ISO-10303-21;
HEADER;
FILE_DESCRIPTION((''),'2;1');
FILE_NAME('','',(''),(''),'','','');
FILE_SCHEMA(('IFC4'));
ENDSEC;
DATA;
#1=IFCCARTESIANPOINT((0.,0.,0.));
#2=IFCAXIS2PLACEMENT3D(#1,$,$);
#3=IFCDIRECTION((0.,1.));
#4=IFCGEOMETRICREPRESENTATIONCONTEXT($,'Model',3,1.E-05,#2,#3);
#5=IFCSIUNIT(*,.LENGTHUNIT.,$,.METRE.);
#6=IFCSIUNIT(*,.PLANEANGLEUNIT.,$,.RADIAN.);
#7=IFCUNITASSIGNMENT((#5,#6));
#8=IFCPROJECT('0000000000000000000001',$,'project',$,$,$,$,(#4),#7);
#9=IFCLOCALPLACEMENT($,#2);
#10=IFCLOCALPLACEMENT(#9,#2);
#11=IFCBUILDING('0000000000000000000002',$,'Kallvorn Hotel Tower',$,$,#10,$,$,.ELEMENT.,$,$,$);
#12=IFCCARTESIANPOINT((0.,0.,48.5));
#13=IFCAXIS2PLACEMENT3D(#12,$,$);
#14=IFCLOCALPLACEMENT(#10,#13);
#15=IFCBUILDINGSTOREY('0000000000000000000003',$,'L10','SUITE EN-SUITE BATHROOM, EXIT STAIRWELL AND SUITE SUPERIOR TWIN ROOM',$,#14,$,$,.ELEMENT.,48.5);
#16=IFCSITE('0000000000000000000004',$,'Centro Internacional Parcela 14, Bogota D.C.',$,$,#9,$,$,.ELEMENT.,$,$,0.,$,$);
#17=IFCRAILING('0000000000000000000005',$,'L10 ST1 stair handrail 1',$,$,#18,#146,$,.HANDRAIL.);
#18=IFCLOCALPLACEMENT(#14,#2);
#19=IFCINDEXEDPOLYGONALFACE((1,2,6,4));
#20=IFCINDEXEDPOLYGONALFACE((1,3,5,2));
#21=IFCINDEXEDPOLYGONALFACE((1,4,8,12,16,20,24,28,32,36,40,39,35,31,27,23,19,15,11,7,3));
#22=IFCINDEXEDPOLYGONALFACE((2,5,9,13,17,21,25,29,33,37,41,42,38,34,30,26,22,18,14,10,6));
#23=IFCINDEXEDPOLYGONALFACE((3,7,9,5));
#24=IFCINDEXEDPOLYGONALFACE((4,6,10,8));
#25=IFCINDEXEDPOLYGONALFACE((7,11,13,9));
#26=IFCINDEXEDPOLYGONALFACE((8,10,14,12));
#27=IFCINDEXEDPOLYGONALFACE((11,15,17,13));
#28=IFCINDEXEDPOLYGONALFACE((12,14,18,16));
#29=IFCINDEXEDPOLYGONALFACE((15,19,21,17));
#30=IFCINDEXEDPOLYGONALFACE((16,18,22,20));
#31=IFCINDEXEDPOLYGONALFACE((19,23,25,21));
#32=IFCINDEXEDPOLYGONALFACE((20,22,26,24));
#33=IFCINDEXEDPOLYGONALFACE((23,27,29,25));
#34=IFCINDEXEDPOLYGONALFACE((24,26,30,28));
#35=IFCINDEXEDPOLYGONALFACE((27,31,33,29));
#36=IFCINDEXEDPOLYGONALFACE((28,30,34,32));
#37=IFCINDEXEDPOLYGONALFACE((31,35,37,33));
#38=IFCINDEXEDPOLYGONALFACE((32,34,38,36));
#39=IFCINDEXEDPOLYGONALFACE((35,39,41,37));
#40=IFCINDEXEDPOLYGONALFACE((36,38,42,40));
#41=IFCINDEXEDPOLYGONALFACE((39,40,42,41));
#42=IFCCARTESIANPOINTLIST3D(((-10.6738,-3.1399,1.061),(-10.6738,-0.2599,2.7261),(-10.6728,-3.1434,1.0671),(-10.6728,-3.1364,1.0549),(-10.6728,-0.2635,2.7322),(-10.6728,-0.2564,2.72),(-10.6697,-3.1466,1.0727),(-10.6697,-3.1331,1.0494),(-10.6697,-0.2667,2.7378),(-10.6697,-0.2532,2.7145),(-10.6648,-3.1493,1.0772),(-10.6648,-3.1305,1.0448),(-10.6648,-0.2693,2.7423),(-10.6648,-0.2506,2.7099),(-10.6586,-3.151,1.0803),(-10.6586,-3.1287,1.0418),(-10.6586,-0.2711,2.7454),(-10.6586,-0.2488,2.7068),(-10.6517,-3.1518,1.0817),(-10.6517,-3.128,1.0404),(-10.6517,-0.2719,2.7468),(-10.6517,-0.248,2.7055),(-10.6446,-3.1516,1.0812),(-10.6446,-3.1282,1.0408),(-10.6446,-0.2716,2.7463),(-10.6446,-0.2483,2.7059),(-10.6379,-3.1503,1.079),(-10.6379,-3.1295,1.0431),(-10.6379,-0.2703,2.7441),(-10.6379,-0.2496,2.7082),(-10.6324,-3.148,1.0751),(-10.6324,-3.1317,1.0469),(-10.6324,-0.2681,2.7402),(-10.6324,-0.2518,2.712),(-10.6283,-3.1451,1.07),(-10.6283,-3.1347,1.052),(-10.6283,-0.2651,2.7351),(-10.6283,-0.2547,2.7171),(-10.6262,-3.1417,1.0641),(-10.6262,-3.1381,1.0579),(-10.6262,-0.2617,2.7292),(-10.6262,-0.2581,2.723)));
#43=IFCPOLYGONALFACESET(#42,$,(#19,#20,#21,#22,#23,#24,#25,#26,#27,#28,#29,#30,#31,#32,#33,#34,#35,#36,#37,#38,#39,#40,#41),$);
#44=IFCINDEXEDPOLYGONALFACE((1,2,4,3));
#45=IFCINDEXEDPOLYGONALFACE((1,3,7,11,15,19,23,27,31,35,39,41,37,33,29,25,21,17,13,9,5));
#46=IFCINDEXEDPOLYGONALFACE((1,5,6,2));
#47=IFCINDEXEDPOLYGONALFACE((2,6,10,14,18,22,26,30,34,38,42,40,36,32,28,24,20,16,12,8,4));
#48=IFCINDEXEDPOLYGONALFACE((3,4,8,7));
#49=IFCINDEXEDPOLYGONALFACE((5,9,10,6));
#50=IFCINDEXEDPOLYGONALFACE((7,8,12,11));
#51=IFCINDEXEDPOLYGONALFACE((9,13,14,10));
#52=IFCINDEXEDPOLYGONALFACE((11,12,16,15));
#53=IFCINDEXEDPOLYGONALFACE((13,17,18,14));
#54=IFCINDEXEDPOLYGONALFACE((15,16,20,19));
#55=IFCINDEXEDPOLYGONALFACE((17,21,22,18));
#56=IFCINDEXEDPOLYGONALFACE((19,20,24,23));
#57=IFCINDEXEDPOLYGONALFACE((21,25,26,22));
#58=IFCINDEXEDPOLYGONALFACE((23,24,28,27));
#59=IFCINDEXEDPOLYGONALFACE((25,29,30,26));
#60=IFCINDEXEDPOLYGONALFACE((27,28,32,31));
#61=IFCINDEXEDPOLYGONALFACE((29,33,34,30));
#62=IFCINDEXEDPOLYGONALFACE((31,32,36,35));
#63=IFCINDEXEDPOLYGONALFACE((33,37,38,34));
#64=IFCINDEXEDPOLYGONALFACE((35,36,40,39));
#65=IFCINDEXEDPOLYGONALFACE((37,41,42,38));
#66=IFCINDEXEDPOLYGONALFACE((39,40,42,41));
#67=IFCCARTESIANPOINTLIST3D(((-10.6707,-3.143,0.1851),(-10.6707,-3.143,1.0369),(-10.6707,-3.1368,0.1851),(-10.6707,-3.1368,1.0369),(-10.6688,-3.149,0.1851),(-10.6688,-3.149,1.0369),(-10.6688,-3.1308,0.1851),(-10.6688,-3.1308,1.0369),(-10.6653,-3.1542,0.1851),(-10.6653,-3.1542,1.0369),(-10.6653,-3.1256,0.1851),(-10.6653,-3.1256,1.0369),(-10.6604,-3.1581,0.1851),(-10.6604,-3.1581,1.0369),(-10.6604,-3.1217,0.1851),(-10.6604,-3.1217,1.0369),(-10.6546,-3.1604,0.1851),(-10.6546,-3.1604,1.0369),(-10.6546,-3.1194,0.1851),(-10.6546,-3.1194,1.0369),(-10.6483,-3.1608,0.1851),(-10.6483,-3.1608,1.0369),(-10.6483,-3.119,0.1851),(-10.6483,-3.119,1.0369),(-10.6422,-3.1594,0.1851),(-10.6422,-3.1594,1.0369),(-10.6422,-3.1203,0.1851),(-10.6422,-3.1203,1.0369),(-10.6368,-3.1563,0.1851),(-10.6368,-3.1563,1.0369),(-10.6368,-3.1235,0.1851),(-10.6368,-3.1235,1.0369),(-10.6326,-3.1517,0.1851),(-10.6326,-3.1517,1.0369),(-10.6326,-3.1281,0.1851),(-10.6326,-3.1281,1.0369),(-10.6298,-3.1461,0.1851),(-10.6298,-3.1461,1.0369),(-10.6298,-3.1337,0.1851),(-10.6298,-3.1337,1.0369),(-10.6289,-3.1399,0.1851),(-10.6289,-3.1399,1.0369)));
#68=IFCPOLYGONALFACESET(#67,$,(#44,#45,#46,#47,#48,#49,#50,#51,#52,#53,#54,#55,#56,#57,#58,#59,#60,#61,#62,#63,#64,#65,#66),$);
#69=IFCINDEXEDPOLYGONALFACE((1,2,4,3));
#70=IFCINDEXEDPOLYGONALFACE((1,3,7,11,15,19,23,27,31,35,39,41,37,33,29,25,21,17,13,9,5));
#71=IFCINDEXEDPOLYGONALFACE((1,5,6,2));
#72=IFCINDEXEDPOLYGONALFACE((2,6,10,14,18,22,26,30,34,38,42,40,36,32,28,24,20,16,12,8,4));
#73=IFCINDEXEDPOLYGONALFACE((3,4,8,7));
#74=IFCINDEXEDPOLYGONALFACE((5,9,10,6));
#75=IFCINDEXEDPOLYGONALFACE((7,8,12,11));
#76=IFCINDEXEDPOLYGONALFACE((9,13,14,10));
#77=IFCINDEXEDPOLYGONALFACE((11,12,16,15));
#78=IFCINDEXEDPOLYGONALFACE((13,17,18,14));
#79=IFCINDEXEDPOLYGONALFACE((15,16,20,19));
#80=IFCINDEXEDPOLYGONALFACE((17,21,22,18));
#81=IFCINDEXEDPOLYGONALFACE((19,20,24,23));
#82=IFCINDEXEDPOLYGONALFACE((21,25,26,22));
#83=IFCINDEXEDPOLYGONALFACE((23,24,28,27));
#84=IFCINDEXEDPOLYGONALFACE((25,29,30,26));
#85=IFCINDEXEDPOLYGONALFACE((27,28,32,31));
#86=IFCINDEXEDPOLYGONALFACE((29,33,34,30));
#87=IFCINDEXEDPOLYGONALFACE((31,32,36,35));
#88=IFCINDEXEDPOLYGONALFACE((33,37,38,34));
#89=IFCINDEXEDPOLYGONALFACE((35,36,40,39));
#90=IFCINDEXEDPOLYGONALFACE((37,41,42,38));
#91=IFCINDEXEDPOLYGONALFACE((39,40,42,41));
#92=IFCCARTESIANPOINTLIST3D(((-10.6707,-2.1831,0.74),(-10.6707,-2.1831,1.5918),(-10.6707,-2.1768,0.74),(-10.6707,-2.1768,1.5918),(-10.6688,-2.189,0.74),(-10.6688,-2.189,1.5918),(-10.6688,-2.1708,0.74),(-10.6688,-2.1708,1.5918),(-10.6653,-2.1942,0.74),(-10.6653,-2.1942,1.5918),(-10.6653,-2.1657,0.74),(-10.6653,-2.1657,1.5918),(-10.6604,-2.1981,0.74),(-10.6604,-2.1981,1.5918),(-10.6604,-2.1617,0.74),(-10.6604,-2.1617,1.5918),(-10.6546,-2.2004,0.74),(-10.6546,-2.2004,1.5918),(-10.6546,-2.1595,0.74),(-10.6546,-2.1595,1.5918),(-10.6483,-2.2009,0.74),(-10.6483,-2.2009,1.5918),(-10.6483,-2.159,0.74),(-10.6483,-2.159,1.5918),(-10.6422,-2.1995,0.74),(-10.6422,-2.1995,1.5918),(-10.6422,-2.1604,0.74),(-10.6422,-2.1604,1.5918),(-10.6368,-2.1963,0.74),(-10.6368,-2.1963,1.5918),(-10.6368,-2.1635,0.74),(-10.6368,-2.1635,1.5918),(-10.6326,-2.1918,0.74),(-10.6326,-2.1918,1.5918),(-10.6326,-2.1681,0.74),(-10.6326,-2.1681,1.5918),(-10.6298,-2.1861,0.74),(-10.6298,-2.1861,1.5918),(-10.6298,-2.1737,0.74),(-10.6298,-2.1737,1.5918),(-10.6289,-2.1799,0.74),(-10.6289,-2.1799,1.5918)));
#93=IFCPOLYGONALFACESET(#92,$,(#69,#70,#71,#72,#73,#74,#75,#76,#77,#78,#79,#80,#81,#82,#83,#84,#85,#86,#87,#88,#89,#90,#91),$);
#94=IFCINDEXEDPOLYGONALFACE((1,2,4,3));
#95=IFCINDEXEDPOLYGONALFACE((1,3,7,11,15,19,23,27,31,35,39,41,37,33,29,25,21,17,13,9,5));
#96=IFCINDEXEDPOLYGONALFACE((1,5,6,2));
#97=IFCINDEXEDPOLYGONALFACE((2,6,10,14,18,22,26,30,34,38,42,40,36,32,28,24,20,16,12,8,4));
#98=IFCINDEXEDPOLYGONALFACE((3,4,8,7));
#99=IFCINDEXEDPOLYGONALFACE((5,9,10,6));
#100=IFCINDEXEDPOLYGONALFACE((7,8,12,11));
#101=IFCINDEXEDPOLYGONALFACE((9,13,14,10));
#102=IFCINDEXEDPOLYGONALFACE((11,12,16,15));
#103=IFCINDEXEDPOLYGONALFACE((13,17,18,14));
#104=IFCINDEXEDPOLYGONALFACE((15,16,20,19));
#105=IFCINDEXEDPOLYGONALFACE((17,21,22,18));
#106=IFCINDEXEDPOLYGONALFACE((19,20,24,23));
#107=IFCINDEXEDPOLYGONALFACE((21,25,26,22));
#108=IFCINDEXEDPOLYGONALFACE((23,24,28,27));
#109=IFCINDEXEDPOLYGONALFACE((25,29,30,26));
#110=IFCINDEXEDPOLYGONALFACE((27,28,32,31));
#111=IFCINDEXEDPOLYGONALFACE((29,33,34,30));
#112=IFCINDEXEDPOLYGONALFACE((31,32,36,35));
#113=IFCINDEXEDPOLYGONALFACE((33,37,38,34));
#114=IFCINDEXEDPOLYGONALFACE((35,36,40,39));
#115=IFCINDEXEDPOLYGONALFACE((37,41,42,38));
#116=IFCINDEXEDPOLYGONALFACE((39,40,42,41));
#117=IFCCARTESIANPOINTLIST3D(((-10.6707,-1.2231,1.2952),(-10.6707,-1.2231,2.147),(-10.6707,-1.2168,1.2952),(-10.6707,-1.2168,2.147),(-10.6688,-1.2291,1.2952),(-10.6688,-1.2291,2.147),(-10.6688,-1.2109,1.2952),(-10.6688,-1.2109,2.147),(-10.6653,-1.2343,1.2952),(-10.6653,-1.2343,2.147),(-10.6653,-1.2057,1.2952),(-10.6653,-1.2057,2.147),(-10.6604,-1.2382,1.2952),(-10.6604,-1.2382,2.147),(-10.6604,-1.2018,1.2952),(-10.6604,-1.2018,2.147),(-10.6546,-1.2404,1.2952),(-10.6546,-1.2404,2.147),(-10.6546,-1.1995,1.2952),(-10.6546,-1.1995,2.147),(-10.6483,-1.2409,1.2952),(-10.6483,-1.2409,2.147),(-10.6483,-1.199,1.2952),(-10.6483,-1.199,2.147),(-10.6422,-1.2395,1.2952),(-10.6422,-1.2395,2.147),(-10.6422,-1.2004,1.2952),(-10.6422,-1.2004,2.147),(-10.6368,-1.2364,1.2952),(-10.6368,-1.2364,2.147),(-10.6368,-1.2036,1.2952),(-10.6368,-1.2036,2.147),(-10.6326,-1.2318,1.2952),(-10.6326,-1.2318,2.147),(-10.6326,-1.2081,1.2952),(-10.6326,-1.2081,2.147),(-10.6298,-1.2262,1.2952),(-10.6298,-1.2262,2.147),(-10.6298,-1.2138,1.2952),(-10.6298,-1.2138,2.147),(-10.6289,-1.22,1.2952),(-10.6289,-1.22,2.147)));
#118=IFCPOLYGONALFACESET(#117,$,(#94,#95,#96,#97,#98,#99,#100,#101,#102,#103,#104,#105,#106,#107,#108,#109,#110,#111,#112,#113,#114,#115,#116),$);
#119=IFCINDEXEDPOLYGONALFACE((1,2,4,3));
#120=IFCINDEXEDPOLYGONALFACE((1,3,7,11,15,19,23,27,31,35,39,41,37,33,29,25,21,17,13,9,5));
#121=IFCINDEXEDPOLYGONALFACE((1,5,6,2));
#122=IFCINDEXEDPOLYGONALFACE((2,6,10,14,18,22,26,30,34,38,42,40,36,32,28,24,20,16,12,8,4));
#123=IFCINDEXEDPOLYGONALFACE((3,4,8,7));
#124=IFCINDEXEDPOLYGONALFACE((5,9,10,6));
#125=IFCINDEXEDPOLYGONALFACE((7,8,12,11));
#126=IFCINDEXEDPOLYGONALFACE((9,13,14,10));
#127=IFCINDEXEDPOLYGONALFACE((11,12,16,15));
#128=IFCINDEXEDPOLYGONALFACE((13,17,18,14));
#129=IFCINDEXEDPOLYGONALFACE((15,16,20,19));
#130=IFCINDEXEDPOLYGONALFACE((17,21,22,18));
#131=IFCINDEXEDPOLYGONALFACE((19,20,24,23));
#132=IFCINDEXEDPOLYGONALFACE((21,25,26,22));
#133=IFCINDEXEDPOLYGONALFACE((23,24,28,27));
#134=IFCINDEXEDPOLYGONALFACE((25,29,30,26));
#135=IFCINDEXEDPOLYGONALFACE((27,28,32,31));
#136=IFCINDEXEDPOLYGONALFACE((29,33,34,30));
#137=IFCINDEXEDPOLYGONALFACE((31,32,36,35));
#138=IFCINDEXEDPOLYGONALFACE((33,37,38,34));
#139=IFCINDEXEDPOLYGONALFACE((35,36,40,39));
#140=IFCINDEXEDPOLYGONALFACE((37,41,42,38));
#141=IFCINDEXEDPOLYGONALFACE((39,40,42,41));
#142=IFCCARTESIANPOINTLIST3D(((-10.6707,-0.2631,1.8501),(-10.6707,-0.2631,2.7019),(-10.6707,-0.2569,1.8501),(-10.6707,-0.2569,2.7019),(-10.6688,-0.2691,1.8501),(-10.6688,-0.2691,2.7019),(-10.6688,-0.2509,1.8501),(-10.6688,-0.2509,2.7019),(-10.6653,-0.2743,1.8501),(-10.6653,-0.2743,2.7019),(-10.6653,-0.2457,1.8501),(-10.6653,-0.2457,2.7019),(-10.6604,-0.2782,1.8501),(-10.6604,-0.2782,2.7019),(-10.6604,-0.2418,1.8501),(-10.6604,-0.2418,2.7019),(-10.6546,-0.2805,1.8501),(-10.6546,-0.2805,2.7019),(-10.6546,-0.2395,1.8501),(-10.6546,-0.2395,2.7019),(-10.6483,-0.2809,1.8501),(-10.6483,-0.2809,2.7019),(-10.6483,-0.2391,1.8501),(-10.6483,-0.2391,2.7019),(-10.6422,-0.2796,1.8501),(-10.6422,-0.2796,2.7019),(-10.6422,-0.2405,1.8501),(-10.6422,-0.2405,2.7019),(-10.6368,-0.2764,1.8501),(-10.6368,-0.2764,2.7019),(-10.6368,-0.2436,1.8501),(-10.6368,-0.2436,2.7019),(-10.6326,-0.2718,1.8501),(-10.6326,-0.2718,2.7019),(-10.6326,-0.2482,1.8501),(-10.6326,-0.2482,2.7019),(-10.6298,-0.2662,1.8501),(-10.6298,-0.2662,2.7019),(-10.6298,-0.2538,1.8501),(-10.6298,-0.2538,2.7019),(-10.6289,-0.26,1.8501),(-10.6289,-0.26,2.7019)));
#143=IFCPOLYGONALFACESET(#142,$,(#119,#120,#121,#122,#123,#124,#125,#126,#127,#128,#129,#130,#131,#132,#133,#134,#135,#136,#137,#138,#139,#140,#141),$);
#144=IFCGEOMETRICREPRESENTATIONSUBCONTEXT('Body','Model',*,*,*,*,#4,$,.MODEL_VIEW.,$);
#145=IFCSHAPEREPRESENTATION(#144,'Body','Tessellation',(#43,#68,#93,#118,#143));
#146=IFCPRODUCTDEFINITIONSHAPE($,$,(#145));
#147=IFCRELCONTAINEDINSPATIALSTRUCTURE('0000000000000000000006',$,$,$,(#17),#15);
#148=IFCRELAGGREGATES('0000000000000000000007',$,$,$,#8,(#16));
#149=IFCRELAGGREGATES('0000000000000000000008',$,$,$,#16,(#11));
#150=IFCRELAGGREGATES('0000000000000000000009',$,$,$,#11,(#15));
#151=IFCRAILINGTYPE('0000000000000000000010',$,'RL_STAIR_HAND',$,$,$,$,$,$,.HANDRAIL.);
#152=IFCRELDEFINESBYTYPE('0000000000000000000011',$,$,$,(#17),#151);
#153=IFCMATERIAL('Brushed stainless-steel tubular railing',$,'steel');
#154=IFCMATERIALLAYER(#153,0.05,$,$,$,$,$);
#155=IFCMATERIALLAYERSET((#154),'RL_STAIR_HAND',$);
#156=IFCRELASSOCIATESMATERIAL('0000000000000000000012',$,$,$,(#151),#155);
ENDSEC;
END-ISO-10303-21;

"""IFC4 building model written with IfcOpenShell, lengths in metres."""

from ifc_helpers import new_model, si_unit, direction, frame, origin, origin_2d, place, context, subcontext, project, spatial, circle, extrude, material, layer, layer_set, type_object, element, save


model = new_model("IFC4")

# Units and contexts
model_context = context("Model", 3, precision=1e-05, world=origin(), true_north=direction((0.0, 1.0)))
body_context = subcontext(model_context, "Body", "Model", "MODEL_VIEW")
ifc_project = project(units=[si_unit("LENGTHUNIT", "METRE"), si_unit("PLANEANGLEUNIT", "RADIAN")], contexts=[model_context])

# Site, building, storey
site_placement = place(None, origin())
site = spatial("IfcSite", under=ifc_project, at=site_placement, Name="Centro Internacional Parcela 14, Bogota D.C.", CompositionType="ELEMENT", RefElevation=0.0)
building_placement = place(site_placement, origin())
building = spatial("IfcBuilding", under=site, at=building_placement, Name="Kallvorn Hotel Tower", CompositionType="ELEMENT")
storey_placement = place(building_placement, frame((0.0, 0.0, 48.5)))
storey = spatial("IfcBuildingStorey", under=building, at=storey_placement, Name="L10", Description="SUITE EN-SUITE BATHROOM, EXIT STAIRWELL AND SUITE SUPERIOR TWIN ROOM", CompositionType="ELEMENT", Elevation=48.5)

# Railing
ifc_material_1 = material(Name="Brushed stainless-steel tubular railing", Category="steel")
ifc_layer_1 = layer(ifc_material_1, 0.05)
ifc_layer_set_1 = layer_set([ifc_layer_1], Name="RL_STAIR_HAND")
railing_type = type_object("IfcRailingType", Name="RL_STAIR_HAND", PredefinedType="HANDRAIL", material=ifc_layer_set_1)
railing_placement = place(storey_placement, frame((-10.6499, -3.1399, 0.1851)))
element("IfcRailing", 1, at=railing_placement, inside=storey, type_object=railing_type, Name="L10 ST1 stair handrail 1", PredefinedType="HANDRAIL", context=body_context, shape_type="SweptSolid", body=[
    extrude(circle(Radius=0.0239, at=origin_2d()), frame((0.0, 0.0, 0.876), z_axis=(0.0, 0.865721, 0.500527), x_axis=(-1.0, 0.0, 0.0)), (0.0, 0.0, 1.0), 3.3267),
    extrude(circle(Radius=0.021, at=origin_2d()), origin(), (0.0, 0.0, 1.0), 0.8518),
    extrude(circle(Radius=0.021, at=origin_2d()), frame((0.0, 0.96, 0.5549)), (0.0, 0.0, 1.0), 0.8518),
    extrude(circle(Radius=0.021, at=origin_2d()), frame((0.0, 1.9199, 1.1101)), (0.0, 0.0, 1.0), 0.8518),
    extrude(circle(Radius=0.021, at=origin_2d()), frame((0.0, 2.8799, 1.665)), (0.0, 0.0, 1.0), 0.8518),
])

save(model, "model.ifc")
